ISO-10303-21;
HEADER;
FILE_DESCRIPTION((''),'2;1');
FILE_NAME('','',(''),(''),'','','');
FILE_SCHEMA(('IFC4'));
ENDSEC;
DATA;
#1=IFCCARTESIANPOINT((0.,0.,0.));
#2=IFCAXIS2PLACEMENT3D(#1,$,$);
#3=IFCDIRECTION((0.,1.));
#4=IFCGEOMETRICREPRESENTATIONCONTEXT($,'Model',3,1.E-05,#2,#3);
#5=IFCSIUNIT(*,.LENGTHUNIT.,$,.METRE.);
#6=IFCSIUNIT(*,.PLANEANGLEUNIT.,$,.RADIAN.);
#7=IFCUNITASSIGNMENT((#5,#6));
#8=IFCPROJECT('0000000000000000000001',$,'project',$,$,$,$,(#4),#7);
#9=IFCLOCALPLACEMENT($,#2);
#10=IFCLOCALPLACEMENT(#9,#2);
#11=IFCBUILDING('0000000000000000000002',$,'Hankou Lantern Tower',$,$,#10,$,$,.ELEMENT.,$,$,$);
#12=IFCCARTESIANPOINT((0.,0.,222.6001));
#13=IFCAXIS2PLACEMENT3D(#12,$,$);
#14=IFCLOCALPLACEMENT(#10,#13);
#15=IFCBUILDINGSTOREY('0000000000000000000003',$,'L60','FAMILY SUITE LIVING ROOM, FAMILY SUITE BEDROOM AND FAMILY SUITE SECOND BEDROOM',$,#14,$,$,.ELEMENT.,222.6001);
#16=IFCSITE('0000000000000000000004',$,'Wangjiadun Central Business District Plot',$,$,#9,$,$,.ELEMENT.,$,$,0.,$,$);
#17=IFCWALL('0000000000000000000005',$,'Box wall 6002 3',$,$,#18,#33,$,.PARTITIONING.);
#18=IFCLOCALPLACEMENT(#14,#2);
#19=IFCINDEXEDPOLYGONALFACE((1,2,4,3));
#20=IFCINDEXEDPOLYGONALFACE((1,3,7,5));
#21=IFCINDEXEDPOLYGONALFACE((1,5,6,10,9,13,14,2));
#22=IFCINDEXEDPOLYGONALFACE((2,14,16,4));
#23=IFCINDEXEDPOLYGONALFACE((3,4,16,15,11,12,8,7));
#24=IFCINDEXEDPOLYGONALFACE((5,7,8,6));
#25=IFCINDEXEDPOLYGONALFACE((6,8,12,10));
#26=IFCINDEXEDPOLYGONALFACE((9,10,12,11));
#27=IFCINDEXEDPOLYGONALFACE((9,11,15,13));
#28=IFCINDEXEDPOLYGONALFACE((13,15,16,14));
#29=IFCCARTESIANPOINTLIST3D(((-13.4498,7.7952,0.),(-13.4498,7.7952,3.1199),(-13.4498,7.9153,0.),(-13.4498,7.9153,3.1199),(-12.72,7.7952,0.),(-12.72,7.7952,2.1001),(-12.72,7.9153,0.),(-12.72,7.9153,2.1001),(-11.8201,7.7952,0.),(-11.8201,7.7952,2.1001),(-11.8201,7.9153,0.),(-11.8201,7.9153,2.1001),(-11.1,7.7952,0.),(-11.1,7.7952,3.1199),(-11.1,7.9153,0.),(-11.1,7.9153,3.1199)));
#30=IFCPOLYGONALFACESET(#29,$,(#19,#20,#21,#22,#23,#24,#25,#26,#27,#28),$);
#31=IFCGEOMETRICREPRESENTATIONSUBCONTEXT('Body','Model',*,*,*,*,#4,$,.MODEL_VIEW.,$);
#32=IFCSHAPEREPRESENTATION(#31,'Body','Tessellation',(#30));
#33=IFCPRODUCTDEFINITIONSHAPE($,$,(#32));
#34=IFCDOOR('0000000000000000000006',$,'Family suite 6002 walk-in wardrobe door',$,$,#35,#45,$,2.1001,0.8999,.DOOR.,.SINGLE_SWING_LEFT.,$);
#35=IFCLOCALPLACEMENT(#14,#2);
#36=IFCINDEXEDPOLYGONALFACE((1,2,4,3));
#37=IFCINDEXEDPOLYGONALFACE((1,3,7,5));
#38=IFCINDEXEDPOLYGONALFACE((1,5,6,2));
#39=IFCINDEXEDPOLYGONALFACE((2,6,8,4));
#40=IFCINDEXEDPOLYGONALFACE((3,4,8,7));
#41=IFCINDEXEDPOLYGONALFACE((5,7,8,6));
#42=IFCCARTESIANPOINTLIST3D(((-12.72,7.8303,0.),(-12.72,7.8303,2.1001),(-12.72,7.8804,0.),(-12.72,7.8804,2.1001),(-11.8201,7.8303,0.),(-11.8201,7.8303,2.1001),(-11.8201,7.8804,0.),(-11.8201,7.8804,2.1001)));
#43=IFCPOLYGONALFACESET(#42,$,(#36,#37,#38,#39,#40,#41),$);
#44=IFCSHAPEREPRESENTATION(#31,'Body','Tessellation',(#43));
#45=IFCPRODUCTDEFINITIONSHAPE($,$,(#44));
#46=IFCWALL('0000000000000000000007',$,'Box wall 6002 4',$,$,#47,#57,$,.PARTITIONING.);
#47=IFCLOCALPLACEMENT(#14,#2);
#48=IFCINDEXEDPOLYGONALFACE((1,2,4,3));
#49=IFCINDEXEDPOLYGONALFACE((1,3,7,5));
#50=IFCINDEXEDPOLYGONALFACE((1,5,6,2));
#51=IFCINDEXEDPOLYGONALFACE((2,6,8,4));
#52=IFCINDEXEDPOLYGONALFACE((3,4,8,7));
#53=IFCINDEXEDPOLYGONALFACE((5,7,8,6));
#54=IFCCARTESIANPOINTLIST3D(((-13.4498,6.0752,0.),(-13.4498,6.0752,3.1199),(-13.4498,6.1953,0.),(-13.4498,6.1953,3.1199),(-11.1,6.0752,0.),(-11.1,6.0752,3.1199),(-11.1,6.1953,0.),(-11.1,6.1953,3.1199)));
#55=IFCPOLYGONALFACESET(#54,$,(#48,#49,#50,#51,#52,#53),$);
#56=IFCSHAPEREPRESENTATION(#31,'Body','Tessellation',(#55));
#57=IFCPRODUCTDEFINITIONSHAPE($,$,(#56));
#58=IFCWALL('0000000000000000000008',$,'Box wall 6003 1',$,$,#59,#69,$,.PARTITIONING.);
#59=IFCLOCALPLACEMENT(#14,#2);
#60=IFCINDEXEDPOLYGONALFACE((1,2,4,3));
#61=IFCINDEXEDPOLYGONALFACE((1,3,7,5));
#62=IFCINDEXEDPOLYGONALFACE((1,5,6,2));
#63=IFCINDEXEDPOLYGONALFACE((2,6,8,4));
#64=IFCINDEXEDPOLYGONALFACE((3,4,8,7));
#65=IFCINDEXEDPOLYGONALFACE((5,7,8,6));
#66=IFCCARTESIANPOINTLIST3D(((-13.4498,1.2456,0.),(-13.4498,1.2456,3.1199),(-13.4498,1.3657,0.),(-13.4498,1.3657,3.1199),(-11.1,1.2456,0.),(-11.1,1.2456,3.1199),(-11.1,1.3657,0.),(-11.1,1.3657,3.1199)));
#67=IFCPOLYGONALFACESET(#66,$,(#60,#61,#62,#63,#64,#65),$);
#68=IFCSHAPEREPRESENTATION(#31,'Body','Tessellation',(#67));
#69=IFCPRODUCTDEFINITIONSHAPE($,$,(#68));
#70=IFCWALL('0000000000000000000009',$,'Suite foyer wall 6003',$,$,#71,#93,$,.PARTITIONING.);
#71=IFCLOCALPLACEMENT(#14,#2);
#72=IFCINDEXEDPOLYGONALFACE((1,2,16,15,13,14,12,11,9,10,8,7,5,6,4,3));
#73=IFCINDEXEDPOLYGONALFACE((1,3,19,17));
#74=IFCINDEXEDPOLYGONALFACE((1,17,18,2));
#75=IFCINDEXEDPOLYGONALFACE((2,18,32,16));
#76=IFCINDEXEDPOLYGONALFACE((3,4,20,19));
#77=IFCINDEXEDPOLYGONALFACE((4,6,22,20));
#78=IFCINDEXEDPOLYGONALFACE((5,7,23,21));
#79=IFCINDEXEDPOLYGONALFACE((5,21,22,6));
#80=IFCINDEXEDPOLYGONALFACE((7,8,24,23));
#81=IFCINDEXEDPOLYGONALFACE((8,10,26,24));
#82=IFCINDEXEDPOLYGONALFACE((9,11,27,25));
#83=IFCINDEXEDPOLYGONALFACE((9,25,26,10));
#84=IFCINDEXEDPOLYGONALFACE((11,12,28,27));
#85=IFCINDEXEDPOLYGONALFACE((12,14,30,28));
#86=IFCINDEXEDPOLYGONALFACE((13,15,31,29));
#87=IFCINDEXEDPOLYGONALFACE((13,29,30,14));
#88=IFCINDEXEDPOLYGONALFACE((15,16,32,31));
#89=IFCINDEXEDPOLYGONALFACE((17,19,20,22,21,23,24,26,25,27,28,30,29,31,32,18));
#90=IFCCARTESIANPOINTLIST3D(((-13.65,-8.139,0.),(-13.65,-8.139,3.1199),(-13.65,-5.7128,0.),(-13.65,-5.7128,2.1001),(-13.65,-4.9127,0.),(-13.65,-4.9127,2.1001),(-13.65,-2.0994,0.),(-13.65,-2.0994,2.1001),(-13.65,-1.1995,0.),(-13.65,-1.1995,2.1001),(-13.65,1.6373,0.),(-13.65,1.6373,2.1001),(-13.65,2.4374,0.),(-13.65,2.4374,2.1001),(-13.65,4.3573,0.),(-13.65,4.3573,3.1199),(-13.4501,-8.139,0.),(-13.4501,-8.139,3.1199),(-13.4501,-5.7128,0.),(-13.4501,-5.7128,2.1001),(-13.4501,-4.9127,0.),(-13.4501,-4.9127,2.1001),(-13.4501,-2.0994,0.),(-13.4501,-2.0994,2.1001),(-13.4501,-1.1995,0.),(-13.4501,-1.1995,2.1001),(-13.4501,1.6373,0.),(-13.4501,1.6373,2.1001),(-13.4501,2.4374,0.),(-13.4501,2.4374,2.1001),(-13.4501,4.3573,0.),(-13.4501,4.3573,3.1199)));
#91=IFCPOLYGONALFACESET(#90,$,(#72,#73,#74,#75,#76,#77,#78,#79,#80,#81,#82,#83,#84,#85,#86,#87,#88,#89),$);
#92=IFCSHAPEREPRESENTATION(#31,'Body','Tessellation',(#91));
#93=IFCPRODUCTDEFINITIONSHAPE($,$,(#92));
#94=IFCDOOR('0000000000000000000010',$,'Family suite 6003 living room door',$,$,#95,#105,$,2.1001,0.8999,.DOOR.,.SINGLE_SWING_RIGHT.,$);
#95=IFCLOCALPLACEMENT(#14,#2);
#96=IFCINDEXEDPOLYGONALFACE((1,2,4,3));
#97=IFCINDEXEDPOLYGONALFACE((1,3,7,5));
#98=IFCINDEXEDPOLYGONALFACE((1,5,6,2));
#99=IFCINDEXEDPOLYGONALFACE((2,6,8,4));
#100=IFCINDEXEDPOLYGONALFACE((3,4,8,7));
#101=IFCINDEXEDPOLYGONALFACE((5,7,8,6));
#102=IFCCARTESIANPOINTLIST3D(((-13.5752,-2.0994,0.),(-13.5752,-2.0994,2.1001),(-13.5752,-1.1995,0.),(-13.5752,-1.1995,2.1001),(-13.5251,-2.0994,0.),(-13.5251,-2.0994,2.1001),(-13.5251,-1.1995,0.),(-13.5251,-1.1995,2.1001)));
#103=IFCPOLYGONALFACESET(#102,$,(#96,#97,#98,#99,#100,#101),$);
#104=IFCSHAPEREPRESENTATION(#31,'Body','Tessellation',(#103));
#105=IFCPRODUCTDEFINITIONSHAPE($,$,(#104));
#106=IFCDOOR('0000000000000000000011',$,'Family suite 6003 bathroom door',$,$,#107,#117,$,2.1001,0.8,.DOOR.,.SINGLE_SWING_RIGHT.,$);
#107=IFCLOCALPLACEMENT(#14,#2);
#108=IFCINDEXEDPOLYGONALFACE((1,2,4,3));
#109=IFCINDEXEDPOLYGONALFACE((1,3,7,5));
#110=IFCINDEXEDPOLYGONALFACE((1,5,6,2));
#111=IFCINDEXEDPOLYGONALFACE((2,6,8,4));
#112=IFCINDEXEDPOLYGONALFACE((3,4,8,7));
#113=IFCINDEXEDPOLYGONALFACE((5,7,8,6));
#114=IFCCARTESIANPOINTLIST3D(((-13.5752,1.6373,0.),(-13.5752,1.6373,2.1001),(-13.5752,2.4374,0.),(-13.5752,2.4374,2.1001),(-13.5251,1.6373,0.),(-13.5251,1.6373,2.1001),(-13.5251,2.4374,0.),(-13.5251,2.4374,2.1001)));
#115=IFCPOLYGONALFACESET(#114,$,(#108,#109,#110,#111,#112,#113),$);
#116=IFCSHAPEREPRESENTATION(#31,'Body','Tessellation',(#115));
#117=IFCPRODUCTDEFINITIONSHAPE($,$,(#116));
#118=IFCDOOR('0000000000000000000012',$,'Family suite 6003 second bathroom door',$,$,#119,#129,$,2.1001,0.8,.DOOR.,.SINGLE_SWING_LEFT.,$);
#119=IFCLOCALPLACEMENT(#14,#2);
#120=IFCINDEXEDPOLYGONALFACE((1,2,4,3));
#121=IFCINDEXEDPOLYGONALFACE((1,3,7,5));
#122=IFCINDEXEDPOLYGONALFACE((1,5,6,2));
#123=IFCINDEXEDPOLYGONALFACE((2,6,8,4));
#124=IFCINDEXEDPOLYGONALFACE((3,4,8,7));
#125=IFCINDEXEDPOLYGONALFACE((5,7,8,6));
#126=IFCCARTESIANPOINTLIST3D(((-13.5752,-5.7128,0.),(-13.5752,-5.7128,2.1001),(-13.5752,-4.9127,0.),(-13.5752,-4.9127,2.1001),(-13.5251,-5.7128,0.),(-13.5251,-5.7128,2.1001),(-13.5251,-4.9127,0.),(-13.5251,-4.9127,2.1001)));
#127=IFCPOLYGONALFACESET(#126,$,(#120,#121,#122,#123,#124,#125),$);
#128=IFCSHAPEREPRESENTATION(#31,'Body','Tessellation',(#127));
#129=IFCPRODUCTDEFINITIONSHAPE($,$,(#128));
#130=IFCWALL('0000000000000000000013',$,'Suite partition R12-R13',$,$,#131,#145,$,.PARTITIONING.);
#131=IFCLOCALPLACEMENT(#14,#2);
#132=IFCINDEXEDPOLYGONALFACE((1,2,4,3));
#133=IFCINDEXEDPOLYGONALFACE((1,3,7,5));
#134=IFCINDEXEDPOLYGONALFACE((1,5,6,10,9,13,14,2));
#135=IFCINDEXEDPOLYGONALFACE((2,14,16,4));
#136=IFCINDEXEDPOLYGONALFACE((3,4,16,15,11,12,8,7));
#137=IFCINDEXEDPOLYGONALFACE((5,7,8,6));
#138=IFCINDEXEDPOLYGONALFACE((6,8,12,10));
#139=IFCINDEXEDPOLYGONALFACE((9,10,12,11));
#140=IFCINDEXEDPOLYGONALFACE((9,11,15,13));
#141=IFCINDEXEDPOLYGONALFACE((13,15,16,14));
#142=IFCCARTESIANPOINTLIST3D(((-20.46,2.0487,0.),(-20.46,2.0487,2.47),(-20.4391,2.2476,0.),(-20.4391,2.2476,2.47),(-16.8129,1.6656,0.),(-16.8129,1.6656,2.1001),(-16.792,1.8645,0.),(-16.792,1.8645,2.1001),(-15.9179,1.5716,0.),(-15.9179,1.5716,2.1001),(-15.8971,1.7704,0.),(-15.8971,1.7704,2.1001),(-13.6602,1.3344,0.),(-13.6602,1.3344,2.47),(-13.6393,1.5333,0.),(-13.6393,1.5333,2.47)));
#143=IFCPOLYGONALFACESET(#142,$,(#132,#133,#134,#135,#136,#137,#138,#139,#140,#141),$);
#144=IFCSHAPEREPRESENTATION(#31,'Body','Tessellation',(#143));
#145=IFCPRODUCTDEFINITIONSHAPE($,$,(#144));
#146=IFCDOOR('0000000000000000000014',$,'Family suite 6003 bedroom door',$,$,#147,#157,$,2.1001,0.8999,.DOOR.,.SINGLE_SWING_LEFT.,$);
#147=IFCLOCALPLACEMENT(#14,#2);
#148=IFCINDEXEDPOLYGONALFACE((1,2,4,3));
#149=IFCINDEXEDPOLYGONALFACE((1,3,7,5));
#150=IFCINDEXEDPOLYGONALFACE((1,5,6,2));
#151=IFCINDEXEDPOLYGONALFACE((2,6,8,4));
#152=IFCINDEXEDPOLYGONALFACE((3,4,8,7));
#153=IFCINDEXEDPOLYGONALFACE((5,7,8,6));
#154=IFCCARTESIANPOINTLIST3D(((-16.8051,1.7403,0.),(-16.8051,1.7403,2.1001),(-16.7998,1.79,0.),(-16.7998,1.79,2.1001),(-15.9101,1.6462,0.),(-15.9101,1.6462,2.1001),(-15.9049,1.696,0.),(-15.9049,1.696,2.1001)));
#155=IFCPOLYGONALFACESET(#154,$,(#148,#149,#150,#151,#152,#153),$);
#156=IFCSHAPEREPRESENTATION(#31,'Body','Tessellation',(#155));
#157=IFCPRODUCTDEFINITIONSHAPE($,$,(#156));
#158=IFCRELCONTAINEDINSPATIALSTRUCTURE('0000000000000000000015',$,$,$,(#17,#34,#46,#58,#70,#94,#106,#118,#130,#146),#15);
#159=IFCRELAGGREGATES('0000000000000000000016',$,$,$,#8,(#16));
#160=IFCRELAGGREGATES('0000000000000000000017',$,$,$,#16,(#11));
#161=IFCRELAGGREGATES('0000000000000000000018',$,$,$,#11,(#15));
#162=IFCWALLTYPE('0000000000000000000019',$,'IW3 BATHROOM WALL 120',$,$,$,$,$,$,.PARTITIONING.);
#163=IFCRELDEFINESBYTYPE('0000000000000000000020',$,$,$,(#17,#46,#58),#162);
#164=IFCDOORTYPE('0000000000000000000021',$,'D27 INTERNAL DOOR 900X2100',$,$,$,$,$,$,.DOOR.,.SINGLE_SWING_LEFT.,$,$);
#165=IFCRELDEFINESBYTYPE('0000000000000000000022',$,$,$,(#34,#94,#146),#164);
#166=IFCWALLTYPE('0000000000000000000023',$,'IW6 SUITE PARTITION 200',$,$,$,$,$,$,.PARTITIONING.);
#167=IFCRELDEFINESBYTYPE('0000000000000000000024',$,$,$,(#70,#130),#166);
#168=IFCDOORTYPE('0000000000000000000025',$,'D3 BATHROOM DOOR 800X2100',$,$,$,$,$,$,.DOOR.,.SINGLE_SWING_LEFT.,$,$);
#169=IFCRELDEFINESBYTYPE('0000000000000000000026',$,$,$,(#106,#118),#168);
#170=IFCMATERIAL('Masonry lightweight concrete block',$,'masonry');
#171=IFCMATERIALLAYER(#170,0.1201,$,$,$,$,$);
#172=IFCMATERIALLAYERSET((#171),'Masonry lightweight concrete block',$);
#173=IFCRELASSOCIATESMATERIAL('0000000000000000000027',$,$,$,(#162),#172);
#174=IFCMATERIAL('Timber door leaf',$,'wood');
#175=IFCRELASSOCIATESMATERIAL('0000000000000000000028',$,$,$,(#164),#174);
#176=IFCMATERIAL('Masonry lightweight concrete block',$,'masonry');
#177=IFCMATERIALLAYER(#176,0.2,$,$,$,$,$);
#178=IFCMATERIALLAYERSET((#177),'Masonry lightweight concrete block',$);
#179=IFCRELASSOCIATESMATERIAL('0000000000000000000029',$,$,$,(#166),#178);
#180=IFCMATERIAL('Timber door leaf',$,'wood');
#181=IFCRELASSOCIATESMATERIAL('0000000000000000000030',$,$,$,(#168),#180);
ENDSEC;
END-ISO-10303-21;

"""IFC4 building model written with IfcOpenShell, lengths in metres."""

from ifc_helpers import new_model, si_unit, direction, frame, frame_2d, origin, place, context, subcontext, project, spatial, rectangle, extrude, material, layer, layer_set, type_object, element, fill, save


model = new_model("IFC4")

# Units and contexts
model_context = context("Model", 3, precision=1e-05, world=origin(), true_north=direction((0.0, 1.0)))
body_context = subcontext(model_context, "Body", "Model", "MODEL_VIEW")
ifc_project = project(units=[si_unit("LENGTHUNIT", "METRE"), si_unit("PLANEANGLEUNIT", "RADIAN")], contexts=[model_context])

# Site, building, storey
site_placement = place(None, origin())
site = spatial("IfcSite", under=ifc_project, at=site_placement, Name="Wangjiadun Central Business District Plot", CompositionType="ELEMENT", RefElevation=0.0)
building_placement = place(site_placement, origin())
building = spatial("IfcBuilding", under=site, at=building_placement, Name="Hankou Lantern Tower", CompositionType="ELEMENT")
storey_placement = place(building_placement, frame((0.0, 0.0, 222.6001)))
storey = spatial("IfcBuildingStorey", under=building, at=storey_placement, Name="L60", Description="FAMILY SUITE LIVING ROOM, FAMILY SUITE BEDROOM AND FAMILY SUITE SECOND BEDROOM", CompositionType="ELEMENT", Elevation=222.6001)

# Wall, opening, door
ifc_material_1 = material(Name="Masonry lightweight concrete block", Category="masonry")
ifc_layer_1 = layer(ifc_material_1, 0.1201)
ifc_layer_set_1 = layer_set([ifc_layer_1], Name="Masonry lightweight concrete block")
wall_type_1 = type_object("IfcWallType", Name="IW3 BATHROOM WALL 120", PredefinedType="PARTITIONING", material=ifc_layer_set_1)
wall_1_placement = place(storey_placement, frame((-11.1001, 7.8552, 0.0), z_axis=(0.0, 0.0, 1.0), x_axis=(-1.0, 0.0, 0.0)))
wall_1 = element("IfcWall", 1, at=wall_1_placement, inside=storey, type_object=wall_type_1, Name="Box wall 6002 3", PredefinedType="PARTITIONING", context=body_context, shape_type="SweptSolid", body=[
    extrude(rectangle(XDim=2.3499, YDim=0.1201, at=frame_2d((1.1748, 0.0))), origin(), (0.0, 0.0, 1.0), 3.1199),
])
opening_1_placement = place(wall_1_placement, frame((0.72, 0.0, 0.0)))
opening_1 = element("IfcOpeningElement", 2, at=opening_1_placement, cuts=wall_1, PredefinedType="OPENING", context=body_context, shape_type="SweptSolid", body=[
    extrude(rectangle(XDim=0.8999, YDim=2.1001, at=frame_2d((0.45, 1.05))), frame((0.0, 0.0701, 0.0), z_axis=(0.0, -1.0, 0.0), x_axis=(1.0, 0.0, 0.0)), (0.0, 0.0, 1.0), 0.1401),
])
ifc_material_2 = material(Name="Timber door leaf", Category="wood")
door_type_1 = type_object("IfcDoorType", Name="D27 INTERNAL DOOR 900X2100", OperationType="SINGLE_SWING_LEFT", PredefinedType="DOOR", material=ifc_material_2)
door_1_placement = place(opening_1_placement, origin())
door_1 = element("IfcDoor", 3, at=door_1_placement, inside=storey, type_object=door_type_1, Name="Family suite 6002 walk-in wardrobe door", OperationType="SINGLE_SWING_LEFT", OverallHeight=2.1001, OverallWidth=0.8999, PredefinedType="DOOR", context=body_context, shape_type="SweptSolid", body=[
    extrude(rectangle(XDim=0.8999, YDim=2.1001, at=frame_2d((0.45, 1.05))), frame((0.0, 0.0249, 0.0), z_axis=(0.0, -1.0, 0.0), x_axis=(1.0, 0.0, 0.0)), (0.0, 0.0, 1.0), 0.05),
])
fill(opening_1, door_1)

# Walls
for number, where, z_axis, x_axis, name in (
    (4, (-11.1001, 6.1353, 0.0), (0.0, 0.0, 1.0), (-1.0, 0.0, 0.0), "Box wall 6002 4"),
    (5, (-11.1001, 1.3057, 0.0), (0.0, 0.0, 1.0), (-1.0, 0.0, 0.0), "Box wall 6003 1"),
):
    element("IfcWall", number, at=place(storey_placement, frame(where, z_axis=z_axis, x_axis=x_axis)), inside=storey, type_object=wall_type_1, Name=name, PredefinedType="PARTITIONING", context=body_context, shape_type="SweptSolid", body=[
        extrude(rectangle(XDim=2.3499, YDim=0.1201, at=frame_2d((1.1748, 0.0))), origin(), (0.0, 0.0, 1.0), 3.1199),
    ])

# Wall, openings, doors
ifc_material_3 = material(Name="Masonry lightweight concrete block", Category="masonry")
ifc_layer_2 = layer(ifc_material_3, 0.2)
ifc_layer_set_2 = layer_set([ifc_layer_2], Name="Masonry lightweight concrete block")
wall_type_2 = type_object("IfcWallType", Name="IW6 SUITE PARTITION 200", PredefinedType="PARTITIONING", material=ifc_layer_set_2)
wall_2_placement = place(storey_placement, frame((-13.55, 4.3572, 0.0), z_axis=(0.0, 0.0, 1.0), x_axis=(0.0, -1.0, 0.0)))
wall_2 = element("IfcWall", 6, at=wall_2_placement, inside=storey, type_object=wall_type_2, Name="Suite foyer wall 6003", PredefinedType="PARTITIONING", context=body_context, shape_type="SweptSolid", body=[
    extrude(rectangle(XDim=12.4963, YDim=0.2, at=frame_2d((6.248, 0.0))), origin(), (0.0, 0.0, 1.0), 3.1199),
])
opening_2_placement = place(wall_2_placement, frame((1.9199, 0.0, 0.0)))
opening_2 = element("IfcOpeningElement", 7, at=opening_2_placement, cuts=wall_2, PredefinedType="OPENING", context=body_context, shape_type="SweptSolid", body=[
    extrude(rectangle(XDim=0.8, YDim=2.1001, at=frame_2d((0.3999, 1.05))), frame((0.0, 0.1099, 0.0), z_axis=(0.0, -1.0, 0.0), x_axis=(1.0, 0.0, 0.0)), (0.0, 0.0, 1.0), 0.22),
])
opening_3_placement = place(wall_2_placement, frame((9.27, 0.0, 0.0)))
opening_3 = element("IfcOpeningElement", 8, at=opening_3_placement, cuts=wall_2, PredefinedType="OPENING", context=body_context, shape_type="SweptSolid", body=[
    extrude(rectangle(XDim=0.8, YDim=2.1001, at=frame_2d((0.3999, 1.05))), frame((0.0, 0.1099, 0.0), z_axis=(0.0, -1.0, 0.0), x_axis=(1.0, 0.0, 0.0)), (0.0, 0.0, 1.0), 0.22),
])
opening_4_placement = place(wall_2_placement, frame((5.5566, 0.0, 0.0)))
opening_4 = element("IfcOpeningElement", 9, at=opening_4_placement, cuts=wall_2, PredefinedType="OPENING", context=body_context, shape_type="SweptSolid", body=[
    extrude(rectangle(XDim=0.8999, YDim=2.1001, at=frame_2d((0.45, 1.05))), frame((0.0, 0.1099, 0.0), z_axis=(0.0, -1.0, 0.0), x_axis=(1.0, 0.0, 0.0)), (0.0, 0.0, 1.0), 0.22),
])
door_2_placement = place(opening_4_placement, origin())
door_2 = element("IfcDoor", 10, at=door_2_placement, inside=storey, type_object=door_type_1, Name="Family suite 6003 living room door", OperationType="SINGLE_SWING_RIGHT", OverallHeight=2.1001, OverallWidth=0.8999, PredefinedType="DOOR", context=body_context, shape_type="SweptSolid", body=[
    extrude(rectangle(XDim=0.8999, YDim=2.1001, at=frame_2d((0.45, 1.05))), frame((0.0, 0.0249, 0.0), z_axis=(0.0, -1.0, 0.0), x_axis=(1.0, 0.0, 0.0)), (0.0, 0.0, 1.0), 0.05),
])
fill(opening_4, door_2)
ifc_material_4 = material(Name="Timber door leaf", Category="wood")
door_type_2 = type_object("IfcDoorType", Name="D3 BATHROOM DOOR 800X2100", OperationType="SINGLE_SWING_LEFT", PredefinedType="DOOR", material=ifc_material_4)
door_3_placement = place(opening_2_placement, origin())
door_3 = element("IfcDoor", 11, at=door_3_placement, inside=storey, type_object=door_type_2, Name="Family suite 6003 bathroom door", OperationType="SINGLE_SWING_RIGHT", OverallHeight=2.1001, OverallWidth=0.8, PredefinedType="DOOR", context=body_context, shape_type="SweptSolid", body=[
    extrude(rectangle(XDim=0.8, YDim=2.1001, at=frame_2d((0.3999, 1.05))), frame((0.0, 0.0249, 0.0), z_axis=(0.0, -1.0, 0.0), x_axis=(1.0, 0.0, 0.0)), (0.0, 0.0, 1.0), 0.05),
])
fill(opening_2, door_3)
door_4_placement = place(opening_3_placement, origin())
door_4 = element("IfcDoor", 12, at=door_4_placement, inside=storey, type_object=door_type_2, Name="Family suite 6003 second bathroom door", OperationType="SINGLE_SWING_LEFT", OverallHeight=2.1001, OverallWidth=0.8, PredefinedType="DOOR", context=body_context, shape_type="SweptSolid", body=[
    extrude(rectangle(XDim=0.8, YDim=2.1001, at=frame_2d((0.3999, 1.05))), frame((0.0, 0.0249, 0.0), z_axis=(0.0, -1.0, 0.0), x_axis=(1.0, 0.0, 0.0)), (0.0, 0.0, 1.0), 0.05),
])
fill(opening_3, door_4)

# Wall, opening, door
wall_3_placement = place(storey_placement, frame((-13.6499, 1.4338, 0.0), z_axis=(0.0, 0.0, 1.0), x_axis=(-0.994527, 0.10448, 0.0)))
wall_3 = element("IfcWall", 13, at=wall_3_placement, inside=storey, type_object=wall_type_2, Name="Suite partition R12-R13", PredefinedType="PARTITIONING", context=body_context, shape_type="SweptSolid", body=[
    extrude(rectangle(XDim=6.8372, YDim=0.2, at=frame_2d((3.4185, 0.0))), origin(), (0.0, 0.0, 1.0), 2.47),
])
opening_5_placement = place(wall_3_placement, frame((2.27, 0.0, 0.0)))
opening_5 = element("IfcOpeningElement", 14, at=opening_5_placement, cuts=wall_3, PredefinedType="OPENING", context=body_context, shape_type="SweptSolid", body=[
    extrude(rectangle(XDim=0.8999, YDim=2.1001, at=frame_2d((0.45, 1.05))), frame((0.0, 0.1099, 0.0), z_axis=(0.0, -1.0, 0.0), x_axis=(1.0, 0.0, 0.0)), (0.0, 0.0, 1.0), 0.22),
])
door_5_placement = place(opening_5_placement, origin())
door_5 = element("IfcDoor", 15, at=door_5_placement, inside=storey, type_object=door_type_1, Name="Family suite 6003 bedroom door", OperationType="SINGLE_SWING_LEFT", OverallHeight=2.1001, OverallWidth=0.8999, PredefinedType="DOOR", context=body_context, shape_type="SweptSolid", body=[
    extrude(rectangle(XDim=0.8999, YDim=2.1001, at=frame_2d((0.45, 1.05))), frame((0.0, 0.0249, 0.0), z_axis=(0.0, -1.0, 0.0), x_axis=(1.0, 0.0, 0.0)), (0.0, 0.0, 1.0), 0.05),
])
fill(opening_5, door_5)

save(model, "model.ifc")
